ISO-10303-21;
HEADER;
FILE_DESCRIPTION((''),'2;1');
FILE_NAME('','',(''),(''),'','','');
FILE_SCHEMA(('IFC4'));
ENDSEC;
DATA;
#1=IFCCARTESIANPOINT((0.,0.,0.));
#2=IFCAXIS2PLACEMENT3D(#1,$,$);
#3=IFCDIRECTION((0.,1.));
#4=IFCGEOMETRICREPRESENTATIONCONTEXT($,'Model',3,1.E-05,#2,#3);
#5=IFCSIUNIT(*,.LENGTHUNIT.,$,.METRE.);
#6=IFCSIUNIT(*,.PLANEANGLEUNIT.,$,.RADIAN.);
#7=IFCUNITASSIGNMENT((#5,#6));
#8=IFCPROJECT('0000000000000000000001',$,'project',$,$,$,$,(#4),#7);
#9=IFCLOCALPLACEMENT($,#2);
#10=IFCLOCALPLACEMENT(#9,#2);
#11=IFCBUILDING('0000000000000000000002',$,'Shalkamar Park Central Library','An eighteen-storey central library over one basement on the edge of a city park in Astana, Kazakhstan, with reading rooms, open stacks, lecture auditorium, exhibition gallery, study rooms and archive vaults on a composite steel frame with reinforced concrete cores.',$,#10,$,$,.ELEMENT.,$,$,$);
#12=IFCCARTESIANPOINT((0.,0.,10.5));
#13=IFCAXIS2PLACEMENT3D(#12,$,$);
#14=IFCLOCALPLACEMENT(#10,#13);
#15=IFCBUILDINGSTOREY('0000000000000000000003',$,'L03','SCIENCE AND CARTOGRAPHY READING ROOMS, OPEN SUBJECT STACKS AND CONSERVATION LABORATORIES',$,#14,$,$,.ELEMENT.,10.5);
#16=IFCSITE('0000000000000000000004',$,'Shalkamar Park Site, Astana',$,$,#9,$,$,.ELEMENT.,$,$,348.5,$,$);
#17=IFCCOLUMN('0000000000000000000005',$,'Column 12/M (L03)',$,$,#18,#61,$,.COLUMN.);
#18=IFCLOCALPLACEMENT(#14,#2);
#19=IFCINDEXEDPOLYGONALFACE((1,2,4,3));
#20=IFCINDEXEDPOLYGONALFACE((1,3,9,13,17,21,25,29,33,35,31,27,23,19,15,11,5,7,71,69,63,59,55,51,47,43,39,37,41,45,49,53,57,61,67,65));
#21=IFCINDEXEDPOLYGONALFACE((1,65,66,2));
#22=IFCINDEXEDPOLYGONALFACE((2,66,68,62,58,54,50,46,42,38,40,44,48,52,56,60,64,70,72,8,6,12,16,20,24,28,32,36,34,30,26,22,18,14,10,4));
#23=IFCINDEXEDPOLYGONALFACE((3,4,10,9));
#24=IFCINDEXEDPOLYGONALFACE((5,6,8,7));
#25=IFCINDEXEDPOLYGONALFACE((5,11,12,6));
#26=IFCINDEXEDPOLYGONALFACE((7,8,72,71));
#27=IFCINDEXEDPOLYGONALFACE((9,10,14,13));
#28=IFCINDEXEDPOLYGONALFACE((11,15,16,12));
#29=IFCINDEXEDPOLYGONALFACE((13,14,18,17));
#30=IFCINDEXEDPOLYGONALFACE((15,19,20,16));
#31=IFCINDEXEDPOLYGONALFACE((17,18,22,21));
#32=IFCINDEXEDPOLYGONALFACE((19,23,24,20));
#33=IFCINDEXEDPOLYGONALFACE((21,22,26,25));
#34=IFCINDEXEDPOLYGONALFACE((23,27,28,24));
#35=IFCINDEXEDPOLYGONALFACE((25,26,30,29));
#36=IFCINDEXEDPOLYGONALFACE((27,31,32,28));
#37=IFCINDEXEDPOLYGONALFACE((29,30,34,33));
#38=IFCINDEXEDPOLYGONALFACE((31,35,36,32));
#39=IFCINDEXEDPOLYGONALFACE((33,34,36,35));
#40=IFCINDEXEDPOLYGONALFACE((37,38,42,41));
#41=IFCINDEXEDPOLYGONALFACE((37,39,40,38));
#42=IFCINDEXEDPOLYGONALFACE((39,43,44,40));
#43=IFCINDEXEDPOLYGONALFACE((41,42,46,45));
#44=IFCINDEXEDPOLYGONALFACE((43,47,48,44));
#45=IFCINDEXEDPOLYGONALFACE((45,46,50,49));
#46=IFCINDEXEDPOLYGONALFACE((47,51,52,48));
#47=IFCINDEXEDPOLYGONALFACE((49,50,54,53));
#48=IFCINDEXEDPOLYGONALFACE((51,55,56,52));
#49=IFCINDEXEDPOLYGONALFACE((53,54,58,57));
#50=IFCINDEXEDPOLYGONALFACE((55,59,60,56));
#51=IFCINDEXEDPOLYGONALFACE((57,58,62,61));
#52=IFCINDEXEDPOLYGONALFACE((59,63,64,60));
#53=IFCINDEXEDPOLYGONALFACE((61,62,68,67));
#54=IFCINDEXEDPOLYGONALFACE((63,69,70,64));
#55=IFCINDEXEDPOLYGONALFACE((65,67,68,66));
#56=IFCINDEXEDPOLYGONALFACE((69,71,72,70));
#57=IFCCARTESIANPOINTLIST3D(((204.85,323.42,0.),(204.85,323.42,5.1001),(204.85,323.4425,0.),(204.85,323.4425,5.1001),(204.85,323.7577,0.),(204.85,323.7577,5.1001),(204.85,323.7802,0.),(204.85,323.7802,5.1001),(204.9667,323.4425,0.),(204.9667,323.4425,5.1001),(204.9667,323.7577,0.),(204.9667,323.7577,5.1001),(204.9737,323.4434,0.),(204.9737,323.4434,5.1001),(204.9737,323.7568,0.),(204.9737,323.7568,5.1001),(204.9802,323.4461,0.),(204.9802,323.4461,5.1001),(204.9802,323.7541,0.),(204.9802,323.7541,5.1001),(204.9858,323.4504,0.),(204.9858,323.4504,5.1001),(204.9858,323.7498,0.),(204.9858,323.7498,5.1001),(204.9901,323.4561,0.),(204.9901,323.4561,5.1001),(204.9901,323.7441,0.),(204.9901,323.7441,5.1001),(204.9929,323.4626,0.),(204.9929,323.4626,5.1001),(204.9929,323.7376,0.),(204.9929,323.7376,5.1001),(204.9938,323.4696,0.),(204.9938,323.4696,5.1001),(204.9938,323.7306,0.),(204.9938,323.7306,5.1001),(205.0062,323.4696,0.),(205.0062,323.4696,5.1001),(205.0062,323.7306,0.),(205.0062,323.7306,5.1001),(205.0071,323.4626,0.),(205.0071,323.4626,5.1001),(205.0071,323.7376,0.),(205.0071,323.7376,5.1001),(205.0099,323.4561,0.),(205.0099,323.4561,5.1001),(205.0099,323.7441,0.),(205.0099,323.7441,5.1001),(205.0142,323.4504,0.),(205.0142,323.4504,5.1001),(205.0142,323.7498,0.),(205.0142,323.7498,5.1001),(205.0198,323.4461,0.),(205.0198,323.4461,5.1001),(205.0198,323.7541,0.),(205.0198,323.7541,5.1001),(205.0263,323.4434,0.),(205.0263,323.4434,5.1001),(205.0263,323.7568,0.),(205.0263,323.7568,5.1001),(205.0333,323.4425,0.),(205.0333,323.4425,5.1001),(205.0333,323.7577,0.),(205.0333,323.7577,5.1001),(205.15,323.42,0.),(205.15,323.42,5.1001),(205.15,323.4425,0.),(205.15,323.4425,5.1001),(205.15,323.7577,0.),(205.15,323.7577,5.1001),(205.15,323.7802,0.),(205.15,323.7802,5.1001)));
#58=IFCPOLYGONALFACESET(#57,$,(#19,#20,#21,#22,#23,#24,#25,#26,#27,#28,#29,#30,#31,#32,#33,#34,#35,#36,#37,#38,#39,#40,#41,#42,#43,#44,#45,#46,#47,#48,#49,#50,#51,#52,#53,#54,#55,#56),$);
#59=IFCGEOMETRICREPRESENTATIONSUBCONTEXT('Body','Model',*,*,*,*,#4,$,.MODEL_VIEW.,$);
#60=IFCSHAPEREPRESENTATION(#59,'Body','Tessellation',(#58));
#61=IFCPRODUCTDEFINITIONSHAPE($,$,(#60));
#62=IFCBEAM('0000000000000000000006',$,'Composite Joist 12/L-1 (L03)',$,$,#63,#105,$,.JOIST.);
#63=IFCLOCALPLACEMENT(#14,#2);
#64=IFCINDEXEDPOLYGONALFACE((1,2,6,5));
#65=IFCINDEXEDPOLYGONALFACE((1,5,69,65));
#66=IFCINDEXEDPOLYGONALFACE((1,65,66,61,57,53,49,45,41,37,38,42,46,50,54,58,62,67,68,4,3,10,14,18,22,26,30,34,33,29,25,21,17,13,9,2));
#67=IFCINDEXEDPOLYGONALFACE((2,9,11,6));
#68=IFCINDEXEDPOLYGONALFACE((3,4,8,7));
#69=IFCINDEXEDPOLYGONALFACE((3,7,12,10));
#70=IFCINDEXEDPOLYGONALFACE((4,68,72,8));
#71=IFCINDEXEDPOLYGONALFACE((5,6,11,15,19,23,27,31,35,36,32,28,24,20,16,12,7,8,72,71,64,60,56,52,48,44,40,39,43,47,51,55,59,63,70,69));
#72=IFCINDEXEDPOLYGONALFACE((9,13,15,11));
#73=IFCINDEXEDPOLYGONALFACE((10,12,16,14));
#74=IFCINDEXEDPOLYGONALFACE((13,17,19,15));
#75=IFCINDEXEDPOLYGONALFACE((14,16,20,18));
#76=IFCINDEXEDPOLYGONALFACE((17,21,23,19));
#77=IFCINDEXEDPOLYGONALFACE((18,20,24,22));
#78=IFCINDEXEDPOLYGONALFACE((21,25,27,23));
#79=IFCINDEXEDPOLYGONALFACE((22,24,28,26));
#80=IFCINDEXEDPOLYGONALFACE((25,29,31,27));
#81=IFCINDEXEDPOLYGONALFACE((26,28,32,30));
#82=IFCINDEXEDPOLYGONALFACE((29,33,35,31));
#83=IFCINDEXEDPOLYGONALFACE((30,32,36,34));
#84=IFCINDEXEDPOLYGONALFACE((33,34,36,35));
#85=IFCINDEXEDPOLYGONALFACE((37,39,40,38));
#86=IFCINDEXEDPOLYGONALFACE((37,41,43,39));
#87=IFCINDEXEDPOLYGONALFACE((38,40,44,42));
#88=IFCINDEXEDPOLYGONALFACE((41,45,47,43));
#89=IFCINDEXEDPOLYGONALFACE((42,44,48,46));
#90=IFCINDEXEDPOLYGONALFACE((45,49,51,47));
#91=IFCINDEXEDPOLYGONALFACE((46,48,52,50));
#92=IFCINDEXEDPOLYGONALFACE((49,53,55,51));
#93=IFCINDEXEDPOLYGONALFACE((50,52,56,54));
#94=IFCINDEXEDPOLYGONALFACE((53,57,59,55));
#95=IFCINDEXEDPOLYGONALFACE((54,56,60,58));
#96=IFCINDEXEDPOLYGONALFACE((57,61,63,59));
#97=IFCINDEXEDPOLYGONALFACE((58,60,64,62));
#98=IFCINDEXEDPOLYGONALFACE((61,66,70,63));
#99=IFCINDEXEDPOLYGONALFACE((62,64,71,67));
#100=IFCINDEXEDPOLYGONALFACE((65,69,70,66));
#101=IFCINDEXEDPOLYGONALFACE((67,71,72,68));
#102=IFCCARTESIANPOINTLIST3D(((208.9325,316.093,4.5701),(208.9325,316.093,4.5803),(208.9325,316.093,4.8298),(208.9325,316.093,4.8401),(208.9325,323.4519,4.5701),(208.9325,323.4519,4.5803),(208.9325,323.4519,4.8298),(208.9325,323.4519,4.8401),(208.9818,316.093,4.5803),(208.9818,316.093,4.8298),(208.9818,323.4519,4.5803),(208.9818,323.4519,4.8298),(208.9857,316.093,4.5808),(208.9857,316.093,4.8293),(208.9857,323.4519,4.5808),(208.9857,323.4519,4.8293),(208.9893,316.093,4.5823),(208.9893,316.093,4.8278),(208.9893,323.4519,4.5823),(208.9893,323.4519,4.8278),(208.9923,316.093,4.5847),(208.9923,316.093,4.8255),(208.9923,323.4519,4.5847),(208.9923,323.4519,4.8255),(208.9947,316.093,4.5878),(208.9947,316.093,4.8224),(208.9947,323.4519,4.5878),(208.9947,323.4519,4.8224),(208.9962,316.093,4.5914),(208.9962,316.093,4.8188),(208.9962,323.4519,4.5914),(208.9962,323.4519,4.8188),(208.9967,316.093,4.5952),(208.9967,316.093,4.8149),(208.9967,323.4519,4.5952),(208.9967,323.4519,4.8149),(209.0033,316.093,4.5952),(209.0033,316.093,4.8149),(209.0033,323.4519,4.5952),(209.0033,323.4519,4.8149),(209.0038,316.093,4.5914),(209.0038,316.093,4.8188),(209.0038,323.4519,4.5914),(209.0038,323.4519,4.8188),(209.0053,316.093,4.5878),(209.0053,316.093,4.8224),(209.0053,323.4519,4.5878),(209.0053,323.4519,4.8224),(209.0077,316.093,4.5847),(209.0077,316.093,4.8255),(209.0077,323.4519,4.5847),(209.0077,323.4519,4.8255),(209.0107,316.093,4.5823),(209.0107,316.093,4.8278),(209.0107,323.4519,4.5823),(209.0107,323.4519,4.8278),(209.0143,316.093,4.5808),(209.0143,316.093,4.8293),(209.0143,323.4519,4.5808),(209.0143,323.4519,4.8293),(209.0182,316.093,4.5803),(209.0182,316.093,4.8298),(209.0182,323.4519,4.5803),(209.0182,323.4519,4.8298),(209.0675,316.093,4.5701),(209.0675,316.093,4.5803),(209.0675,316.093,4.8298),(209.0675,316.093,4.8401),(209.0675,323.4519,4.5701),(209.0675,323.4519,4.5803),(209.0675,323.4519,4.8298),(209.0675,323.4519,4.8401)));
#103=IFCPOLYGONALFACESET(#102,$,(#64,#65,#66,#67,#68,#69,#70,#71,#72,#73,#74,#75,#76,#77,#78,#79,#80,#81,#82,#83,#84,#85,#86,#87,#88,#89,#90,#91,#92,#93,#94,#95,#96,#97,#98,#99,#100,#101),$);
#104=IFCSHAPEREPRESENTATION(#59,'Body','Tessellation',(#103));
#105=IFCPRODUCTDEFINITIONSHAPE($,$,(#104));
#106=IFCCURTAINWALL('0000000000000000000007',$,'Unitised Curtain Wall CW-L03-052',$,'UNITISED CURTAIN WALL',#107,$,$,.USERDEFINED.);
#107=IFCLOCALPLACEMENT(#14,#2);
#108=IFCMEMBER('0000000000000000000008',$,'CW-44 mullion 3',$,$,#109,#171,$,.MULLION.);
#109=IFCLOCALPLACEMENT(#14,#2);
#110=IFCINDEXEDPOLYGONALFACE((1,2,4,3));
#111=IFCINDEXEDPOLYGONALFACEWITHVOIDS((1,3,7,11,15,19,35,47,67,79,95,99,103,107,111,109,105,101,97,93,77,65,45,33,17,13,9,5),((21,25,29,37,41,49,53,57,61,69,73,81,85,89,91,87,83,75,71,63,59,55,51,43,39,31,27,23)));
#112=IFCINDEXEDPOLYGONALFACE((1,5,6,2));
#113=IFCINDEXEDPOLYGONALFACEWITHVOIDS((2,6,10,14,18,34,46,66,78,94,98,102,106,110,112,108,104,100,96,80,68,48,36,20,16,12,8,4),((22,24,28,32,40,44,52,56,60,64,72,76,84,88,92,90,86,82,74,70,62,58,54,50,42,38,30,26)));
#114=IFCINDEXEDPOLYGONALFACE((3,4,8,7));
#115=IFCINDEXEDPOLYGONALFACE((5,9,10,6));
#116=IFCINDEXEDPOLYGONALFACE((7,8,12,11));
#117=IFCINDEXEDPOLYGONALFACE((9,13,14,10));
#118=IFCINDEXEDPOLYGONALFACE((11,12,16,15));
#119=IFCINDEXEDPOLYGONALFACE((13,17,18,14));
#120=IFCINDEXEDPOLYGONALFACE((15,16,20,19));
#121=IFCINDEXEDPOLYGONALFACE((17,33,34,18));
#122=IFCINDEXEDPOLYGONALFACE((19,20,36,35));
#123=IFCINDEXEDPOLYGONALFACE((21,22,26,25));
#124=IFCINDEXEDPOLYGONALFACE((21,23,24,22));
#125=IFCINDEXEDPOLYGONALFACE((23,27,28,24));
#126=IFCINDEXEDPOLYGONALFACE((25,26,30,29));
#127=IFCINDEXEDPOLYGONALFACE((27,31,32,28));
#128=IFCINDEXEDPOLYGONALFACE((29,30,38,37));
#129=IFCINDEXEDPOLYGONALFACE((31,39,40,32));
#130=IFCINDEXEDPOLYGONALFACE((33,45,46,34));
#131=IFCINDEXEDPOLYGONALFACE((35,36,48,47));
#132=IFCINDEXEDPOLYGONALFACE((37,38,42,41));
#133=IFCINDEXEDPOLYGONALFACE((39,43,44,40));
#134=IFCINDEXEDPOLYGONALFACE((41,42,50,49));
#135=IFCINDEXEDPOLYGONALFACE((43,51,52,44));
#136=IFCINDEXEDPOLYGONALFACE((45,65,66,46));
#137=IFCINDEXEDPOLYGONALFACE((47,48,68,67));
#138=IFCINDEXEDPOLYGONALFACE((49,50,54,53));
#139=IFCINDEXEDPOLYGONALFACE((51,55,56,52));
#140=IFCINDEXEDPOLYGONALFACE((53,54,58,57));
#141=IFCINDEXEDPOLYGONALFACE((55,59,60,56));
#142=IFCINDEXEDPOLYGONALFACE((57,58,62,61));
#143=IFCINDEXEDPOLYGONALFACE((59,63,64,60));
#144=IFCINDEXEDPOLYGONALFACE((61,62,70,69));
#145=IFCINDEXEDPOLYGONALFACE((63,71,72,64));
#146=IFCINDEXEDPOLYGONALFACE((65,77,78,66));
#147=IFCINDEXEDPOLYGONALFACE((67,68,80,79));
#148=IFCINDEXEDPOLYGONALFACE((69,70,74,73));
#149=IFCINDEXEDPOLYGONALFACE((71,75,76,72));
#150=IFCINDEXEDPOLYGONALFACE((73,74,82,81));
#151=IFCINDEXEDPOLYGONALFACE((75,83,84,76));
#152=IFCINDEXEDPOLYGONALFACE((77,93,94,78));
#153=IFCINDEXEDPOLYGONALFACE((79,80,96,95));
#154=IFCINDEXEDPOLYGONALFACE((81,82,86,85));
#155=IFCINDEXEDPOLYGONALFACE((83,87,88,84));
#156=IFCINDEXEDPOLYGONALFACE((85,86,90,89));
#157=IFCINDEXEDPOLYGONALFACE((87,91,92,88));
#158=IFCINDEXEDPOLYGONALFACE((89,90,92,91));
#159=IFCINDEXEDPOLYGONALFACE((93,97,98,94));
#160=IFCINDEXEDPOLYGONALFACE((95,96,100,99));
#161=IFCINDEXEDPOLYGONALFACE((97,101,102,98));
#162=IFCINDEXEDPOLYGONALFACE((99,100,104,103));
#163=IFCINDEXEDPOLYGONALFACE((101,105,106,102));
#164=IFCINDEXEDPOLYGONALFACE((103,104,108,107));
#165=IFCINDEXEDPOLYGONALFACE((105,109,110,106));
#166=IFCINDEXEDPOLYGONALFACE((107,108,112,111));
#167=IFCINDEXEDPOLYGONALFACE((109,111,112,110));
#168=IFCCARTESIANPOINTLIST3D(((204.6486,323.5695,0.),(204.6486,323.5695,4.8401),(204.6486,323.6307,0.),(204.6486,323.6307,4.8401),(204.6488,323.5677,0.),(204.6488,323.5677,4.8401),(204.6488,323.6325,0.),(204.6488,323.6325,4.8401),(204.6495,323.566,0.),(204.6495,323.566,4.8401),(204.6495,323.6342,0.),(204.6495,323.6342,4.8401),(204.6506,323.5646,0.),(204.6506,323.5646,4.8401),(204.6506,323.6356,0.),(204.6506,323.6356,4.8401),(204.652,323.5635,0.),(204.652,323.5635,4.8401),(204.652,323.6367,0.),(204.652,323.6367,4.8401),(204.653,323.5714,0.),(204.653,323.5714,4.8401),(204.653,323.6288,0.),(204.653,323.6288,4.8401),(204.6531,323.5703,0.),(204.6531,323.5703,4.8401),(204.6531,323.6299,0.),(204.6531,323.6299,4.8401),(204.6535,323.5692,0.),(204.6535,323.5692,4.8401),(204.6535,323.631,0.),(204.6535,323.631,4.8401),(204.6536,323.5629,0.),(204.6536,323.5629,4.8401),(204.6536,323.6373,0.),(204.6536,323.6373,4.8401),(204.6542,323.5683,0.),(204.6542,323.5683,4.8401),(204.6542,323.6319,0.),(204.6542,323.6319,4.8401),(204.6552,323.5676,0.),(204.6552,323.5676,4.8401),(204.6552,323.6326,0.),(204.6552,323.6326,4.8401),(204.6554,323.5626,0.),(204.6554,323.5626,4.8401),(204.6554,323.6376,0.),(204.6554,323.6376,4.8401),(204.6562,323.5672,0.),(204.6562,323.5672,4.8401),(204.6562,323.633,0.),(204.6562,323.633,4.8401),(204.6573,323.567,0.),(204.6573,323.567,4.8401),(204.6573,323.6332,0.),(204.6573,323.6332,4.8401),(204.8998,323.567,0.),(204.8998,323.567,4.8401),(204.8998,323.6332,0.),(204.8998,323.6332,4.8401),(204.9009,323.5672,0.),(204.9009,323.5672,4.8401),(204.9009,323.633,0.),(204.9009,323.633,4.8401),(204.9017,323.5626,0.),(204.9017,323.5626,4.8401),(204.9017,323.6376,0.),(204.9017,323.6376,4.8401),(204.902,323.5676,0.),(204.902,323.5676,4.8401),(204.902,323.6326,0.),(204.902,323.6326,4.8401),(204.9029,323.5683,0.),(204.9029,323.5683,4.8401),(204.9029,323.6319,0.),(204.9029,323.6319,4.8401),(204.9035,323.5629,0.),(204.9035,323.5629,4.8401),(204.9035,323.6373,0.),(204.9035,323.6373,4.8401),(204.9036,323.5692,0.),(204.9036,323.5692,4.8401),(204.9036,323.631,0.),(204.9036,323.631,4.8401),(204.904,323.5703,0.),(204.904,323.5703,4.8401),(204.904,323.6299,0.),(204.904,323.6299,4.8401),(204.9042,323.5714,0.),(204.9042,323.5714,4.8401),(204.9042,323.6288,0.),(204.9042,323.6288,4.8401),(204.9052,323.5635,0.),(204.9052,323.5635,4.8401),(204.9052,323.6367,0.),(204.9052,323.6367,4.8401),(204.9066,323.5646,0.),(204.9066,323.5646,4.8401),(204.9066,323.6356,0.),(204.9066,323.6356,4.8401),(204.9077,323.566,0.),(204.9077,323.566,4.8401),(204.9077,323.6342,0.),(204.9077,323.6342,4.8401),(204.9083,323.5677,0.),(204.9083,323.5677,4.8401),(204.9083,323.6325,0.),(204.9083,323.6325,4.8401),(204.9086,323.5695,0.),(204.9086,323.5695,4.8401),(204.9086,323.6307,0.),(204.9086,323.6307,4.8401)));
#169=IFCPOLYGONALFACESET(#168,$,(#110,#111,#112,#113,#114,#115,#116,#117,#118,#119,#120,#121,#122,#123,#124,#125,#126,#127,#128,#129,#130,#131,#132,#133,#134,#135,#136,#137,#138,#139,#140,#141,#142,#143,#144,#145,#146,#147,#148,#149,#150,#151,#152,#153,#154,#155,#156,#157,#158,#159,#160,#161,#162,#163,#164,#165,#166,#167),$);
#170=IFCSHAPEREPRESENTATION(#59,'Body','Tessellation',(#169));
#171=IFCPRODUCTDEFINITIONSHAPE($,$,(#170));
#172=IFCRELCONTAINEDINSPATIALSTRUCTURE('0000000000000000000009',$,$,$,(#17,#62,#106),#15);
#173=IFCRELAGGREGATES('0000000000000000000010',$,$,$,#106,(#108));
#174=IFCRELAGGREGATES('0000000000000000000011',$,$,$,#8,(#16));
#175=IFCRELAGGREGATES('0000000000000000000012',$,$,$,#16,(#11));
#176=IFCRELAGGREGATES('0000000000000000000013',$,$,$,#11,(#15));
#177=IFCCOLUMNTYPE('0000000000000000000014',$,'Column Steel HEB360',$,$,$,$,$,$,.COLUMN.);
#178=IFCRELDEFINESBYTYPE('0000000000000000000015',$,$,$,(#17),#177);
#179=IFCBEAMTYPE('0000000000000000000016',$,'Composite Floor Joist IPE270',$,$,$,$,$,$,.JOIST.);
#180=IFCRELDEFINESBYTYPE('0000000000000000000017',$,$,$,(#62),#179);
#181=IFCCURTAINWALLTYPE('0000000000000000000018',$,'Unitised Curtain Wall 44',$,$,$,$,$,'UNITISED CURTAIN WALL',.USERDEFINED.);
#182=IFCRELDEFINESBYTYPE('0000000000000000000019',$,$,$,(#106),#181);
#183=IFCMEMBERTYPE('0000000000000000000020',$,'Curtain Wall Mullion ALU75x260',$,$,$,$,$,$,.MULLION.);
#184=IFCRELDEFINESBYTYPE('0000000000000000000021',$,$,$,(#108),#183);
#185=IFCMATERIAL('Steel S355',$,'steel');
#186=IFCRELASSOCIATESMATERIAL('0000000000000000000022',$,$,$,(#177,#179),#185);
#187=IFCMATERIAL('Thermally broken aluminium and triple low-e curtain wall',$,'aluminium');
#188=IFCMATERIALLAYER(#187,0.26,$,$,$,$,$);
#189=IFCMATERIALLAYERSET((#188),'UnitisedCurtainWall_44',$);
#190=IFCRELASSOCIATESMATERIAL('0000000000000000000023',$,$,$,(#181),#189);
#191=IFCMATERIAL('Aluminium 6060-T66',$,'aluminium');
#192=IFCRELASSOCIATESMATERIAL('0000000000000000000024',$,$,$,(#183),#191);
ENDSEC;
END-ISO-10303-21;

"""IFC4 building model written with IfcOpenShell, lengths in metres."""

from ifc_helpers import new_model, si_unit, direction, frame, origin, origin_2d, place, context, subcontext, project, spatial, hollow_rectangle, i_section, extrude, material, layer, layer_set, material_profile, profile_set, type_object, element, aggregate, save


model = new_model("IFC4")

# Units and contexts
model_context = context("Model", 3, precision=1e-05, world=origin(), true_north=direction((0.0, 1.0)))
body_context = subcontext(model_context, "Body", "Model", "MODEL_VIEW")
ifc_project = project(units=[si_unit("LENGTHUNIT", "METRE"), si_unit("PLANEANGLEUNIT", "RADIAN")], contexts=[model_context])

# Site, building, storey
site_placement = place(None, origin())
site = spatial("IfcSite", under=ifc_project, at=site_placement, Name="Shalkamar Park Site, Astana", CompositionType="ELEMENT", RefElevation=348.5)
building_placement = place(site_placement, origin())
building = spatial("IfcBuilding", under=site, at=building_placement, Name="Shalkamar Park Central Library", Description="An eighteen-storey central library over one basement on the edge of a city park in Astana, Kazakhstan, with reading rooms, open stacks, lecture auditorium, exhibition gallery, study rooms and archive vaults on a composite steel frame with reinforced concrete cores.", CompositionType="ELEMENT")
storey_placement = place(building_placement, frame((0.0, 0.0, 10.5)))
storey = spatial("IfcBuildingStorey", under=building, at=storey_placement, Name="L03", Description="SCIENCE AND CARTOGRAPHY READING ROOMS, OPEN SUBJECT STACKS AND CONSERVATION LABORATORIES", CompositionType="ELEMENT", Elevation=10.5)

# Column
ifc_material_1 = material(Name="Steel S355", Category="steel")
ifc_material_profile_1 = material_profile(ifc_material_1, i_section(OverallWidth=0.3, OverallDepth=0.3601, WebThickness=0.0125, FlangeThickness=0.0225, FilletRadius=0.0271, at=origin_2d()), Name="HEB 360")
ifc_profile_set_1 = profile_set([ifc_material_profile_1], Name="Steel S355")
column_type = type_object("IfcColumnType", Name="Column Steel HEB360", PredefinedType="COLUMN", material=ifc_profile_set_1)
column_placement = place(storey_placement, frame((205.0, 323.6001, 0.0), z_axis=(0.0, 0.0, 1.0), x_axis=(1.0, 0.0, 0.0)))
element("IfcColumn", 1, at=column_placement, inside=storey, type_object=column_type, Name="Column 12/M (L03)", PredefinedType="COLUMN", context=body_context, shape_type="SweptSolid", body=[
    extrude(i_section(OverallWidth=0.3, OverallDepth=0.3601, WebThickness=0.0125, FlangeThickness=0.0225, FilletRadius=0.0271, at=origin_2d()), origin(), (0.0, 0.0, 1.0), 5.1001),
])

# Beam
ifc_material_profile_2 = material_profile(ifc_material_1, i_section(OverallWidth=0.135, OverallDepth=0.27, WebThickness=0.0066, FlangeThickness=0.0103, FilletRadius=0.0149, at=origin_2d()), Name="IPE 270")
ifc_profile_set_2 = profile_set([ifc_material_profile_2], Name="Steel S355")
beam_type_1 = type_object("IfcBeamType", Name="Composite Floor Joist IPE270", PredefinedType="JOIST", material=ifc_profile_set_2)
beam_1_placement = place(storey_placement, frame((209.0, 316.093, 4.7051), z_axis=(0.0, 1.0, 0.0), x_axis=(-1.0, 0.0, 0.0)))
element("IfcBeam", 2, at=beam_1_placement, inside=storey, type_object=beam_type_1, Name="Composite Joist 12/L-1 (L03)", PredefinedType="JOIST", context=body_context, shape_type="SweptSolid", body=[
    extrude(i_section(OverallWidth=0.135, OverallDepth=0.27, WebThickness=0.0066, FlangeThickness=0.0103, FilletRadius=0.0149, at=origin_2d()), origin(), (0.0, 0.0, 1.0), 7.3589),
])

# Curtain wall, member
ifc_material_2 = material(Name="Thermally broken aluminium and triple low-e curtain wall", Category="aluminium")
ifc_layer_1 = layer(ifc_material_2, 0.26)
ifc_layer_set_1 = layer_set([ifc_layer_1], Name="UnitisedCurtainWall_44")
curtain_wall_type_1 = type_object("IfcCurtainWallType", Name="Unitised Curtain Wall 44", ElementType="UNITISED CURTAIN WALL", PredefinedType="USERDEFINED", material=ifc_layer_set_1)
curtain_wall_1_placement = place(storey_placement, origin())
curtain_wall_1 = element("IfcCurtainWall", 3, at=curtain_wall_1_placement, inside=storey, type_object=curtain_wall_type_1, Name="Unitised Curtain Wall CW-L03-052", ObjectType="UNITISED CURTAIN WALL", PredefinedType="USERDEFINED")
ifc_material_3 = material(Name="Aluminium 6060-T66", Category="aluminium")
ifc_material_profile_3 = material_profile(ifc_material_3, hollow_rectangle(XDim=0.075, YDim=0.26, WallThickness=0.0044, InnerFilletRadius=0.0044, OuterFilletRadius=0.0068, at=origin_2d()), Name="ALU 75x260x4.5")
ifc_profile_set_3 = profile_set([ifc_material_profile_3], Name="Aluminium 6060-T66")
member_type_1 = type_object("IfcMemberType", Name="Curtain Wall Mullion ALU75x260", PredefinedType="MULLION", material=ifc_profile_set_3)
member_1_placement = place(storey_placement, frame((204.7786, 323.6001, 0.0), z_axis=(0.0, 0.0, 1.0), x_axis=(0.0, 1.0, 0.0)))
member_1 = element("IfcMember", 4, at=member_1_placement, type_object=member_type_1, Name="CW-44 mullion 3", PredefinedType="MULLION", context=body_context, shape_type="SweptSolid", body=[
    extrude(hollow_rectangle(XDim=0.075, YDim=0.26, WallThickness=0.0044, InnerFilletRadius=0.0044, OuterFilletRadius=0.0068, at=origin_2d()), origin(), (0.0, 0.0, 1.0), 4.8401),
])

aggregate(curtain_wall_1, [member_1])

save(model, "model.ifc")
